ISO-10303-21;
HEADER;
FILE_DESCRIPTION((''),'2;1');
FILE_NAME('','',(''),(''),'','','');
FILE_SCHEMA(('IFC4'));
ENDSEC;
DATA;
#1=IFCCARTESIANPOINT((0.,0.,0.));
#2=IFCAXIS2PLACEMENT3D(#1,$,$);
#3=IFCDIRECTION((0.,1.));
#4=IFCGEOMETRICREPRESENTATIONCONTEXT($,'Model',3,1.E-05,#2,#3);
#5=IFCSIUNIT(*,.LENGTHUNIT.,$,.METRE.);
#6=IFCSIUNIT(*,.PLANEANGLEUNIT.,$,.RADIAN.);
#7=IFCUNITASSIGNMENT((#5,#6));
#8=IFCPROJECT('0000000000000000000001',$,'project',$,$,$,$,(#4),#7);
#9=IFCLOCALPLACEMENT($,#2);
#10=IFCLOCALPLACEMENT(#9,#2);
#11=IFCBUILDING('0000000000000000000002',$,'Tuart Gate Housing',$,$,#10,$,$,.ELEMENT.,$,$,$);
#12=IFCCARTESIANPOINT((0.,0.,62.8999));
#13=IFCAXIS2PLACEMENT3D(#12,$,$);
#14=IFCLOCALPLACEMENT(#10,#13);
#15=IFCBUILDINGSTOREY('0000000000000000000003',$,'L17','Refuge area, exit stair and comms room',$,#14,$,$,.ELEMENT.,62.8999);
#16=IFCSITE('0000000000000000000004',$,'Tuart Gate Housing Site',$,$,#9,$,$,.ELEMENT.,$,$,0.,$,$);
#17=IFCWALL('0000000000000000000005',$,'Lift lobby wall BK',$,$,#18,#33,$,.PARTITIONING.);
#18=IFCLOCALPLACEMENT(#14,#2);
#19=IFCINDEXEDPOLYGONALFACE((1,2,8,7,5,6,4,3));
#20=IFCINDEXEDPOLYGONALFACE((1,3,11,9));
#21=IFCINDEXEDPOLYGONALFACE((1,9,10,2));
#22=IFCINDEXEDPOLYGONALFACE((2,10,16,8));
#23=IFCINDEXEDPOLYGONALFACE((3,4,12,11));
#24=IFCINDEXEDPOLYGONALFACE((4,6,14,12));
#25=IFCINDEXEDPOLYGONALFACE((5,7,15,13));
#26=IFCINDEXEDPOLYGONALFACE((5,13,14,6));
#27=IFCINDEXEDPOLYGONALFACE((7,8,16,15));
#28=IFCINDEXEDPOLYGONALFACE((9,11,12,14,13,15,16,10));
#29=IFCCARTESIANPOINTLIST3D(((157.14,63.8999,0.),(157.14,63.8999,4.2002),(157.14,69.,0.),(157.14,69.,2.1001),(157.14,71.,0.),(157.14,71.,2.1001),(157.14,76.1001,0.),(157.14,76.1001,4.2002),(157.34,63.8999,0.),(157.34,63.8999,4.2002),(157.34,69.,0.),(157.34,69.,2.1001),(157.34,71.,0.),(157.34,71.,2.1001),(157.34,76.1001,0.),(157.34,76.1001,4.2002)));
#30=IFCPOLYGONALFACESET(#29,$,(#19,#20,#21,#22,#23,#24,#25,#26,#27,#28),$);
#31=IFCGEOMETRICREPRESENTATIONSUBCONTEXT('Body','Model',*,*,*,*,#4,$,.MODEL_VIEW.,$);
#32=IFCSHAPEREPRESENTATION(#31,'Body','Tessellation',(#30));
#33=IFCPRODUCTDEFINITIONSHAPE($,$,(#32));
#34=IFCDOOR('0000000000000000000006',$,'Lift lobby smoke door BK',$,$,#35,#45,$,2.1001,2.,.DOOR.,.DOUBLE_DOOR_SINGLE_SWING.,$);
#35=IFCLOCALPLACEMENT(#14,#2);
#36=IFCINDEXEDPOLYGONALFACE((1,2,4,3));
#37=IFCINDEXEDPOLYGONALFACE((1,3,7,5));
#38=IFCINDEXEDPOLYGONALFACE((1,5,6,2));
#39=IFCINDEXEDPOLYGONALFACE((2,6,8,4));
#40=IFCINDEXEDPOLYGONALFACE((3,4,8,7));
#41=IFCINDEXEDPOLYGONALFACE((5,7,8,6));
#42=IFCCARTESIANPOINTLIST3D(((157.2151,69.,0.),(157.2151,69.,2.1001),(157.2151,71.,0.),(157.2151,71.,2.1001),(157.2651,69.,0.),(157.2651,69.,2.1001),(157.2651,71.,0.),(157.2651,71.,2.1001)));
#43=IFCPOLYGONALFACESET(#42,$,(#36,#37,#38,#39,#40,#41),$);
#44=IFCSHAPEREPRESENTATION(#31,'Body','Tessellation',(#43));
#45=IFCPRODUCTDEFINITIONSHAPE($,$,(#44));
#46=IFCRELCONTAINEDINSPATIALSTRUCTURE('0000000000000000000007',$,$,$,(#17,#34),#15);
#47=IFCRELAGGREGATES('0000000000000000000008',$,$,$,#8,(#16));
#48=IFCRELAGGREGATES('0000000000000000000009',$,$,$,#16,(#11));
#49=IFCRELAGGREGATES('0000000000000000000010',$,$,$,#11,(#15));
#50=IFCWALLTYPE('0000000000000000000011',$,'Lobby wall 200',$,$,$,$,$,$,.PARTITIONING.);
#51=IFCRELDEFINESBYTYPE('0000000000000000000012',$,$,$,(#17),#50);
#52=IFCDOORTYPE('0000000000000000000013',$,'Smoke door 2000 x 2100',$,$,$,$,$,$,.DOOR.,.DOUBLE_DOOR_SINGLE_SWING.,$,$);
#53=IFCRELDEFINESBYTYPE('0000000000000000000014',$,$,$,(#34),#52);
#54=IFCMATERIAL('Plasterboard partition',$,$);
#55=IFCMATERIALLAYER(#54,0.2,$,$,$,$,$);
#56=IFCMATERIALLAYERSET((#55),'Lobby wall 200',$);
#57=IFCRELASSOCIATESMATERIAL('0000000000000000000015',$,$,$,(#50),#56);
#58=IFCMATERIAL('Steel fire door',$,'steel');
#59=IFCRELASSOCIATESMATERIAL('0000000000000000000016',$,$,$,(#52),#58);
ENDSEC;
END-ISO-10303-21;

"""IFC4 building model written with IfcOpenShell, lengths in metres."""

from ifc_helpers import new_model, si_unit, direction, frame, frame_2d, origin, place, context, subcontext, project, spatial, rectangle, extrude, material, layer, layer_set, type_object, element, fill, save


model = new_model("IFC4")

# Units and contexts
model_context = context("Model", 3, precision=1e-05, world=origin(), true_north=direction((0.0, 1.0)))
body_context = subcontext(model_context, "Body", "Model", "MODEL_VIEW")
ifc_project = project(units=[si_unit("LENGTHUNIT", "METRE"), si_unit("PLANEANGLEUNIT", "RADIAN")], contexts=[model_context])

# Site, building, storey
site_placement = place(None, origin())
site = spatial("IfcSite", under=ifc_project, at=site_placement, Name="Tuart Gate Housing Site", CompositionType="ELEMENT", RefElevation=0.0)
building_placement = place(site_placement, origin())
building = spatial("IfcBuilding", under=site, at=building_placement, Name="Tuart Gate Housing", CompositionType="ELEMENT")
storey_placement = place(building_placement, frame((0.0, 0.0, 62.8999)))
storey = spatial("IfcBuildingStorey", under=building, at=storey_placement, Name="L17", Description="Refuge area, exit stair and comms room", CompositionType="ELEMENT", Elevation=62.8999)

# Wall, opening, door
ifc_material_1 = material(Name="Plasterboard partition")
ifc_layer_1 = layer(ifc_material_1, 0.2)
ifc_layer_set_1 = layer_set([ifc_layer_1], Name="Lobby wall 200")
wall_type_1 = type_object("IfcWallType", Name="Lobby wall 200", PredefinedType="PARTITIONING", material=ifc_layer_set_1)
wall_1_placement = place(storey_placement, frame((157.24, 63.8999, 0.0), z_axis=(0.0, 0.0, 1.0), x_axis=(0.0, 1.0, 0.0)))
wall_1 = element("IfcWall", 1, at=wall_1_placement, inside=storey, type_object=wall_type_1, Name="Lift lobby wall BK", PredefinedType="PARTITIONING", context=body_context, shape_type="SweptSolid", body=[
    extrude(rectangle(XDim=12.2002, YDim=0.2, at=frame_2d((6.1001, 0.0))), origin(), (0.0, 0.0, 1.0), 4.2002),
])
opening_1_placement = place(wall_1_placement, frame((5.1001, 0.0, 0.0)))
opening_1 = element("IfcOpeningElement", 2, at=opening_1_placement, cuts=wall_1, PredefinedType="OPENING", context=body_context, shape_type="SweptSolid", body=[
    extrude(rectangle(XDim=2.0, YDim=2.1001, at=frame_2d((1.0, 1.05))), frame((0.0, 0.1099, 0.0), z_axis=(0.0, -1.0, 0.0), x_axis=(1.0, 0.0, 0.0)), (0.0, 0.0, 1.0), 0.22),
])
ifc_material_2 = material(Name="Steel fire door", Category="steel")
door_type_1 = type_object("IfcDoorType", Name="Smoke door 2000 x 2100", OperationType="DOUBLE_DOOR_SINGLE_SWING", PredefinedType="DOOR", material=ifc_material_2)
door_1_placement = place(opening_1_placement, frame((2.0, 0.0, 0.0), z_axis=(0.0, 0.0, 1.0), x_axis=(-1.0, 0.0, 0.0)))
door_1 = element("IfcDoor", 3, at=door_1_placement, inside=storey, type_object=door_type_1, Name="Lift lobby smoke door BK", OperationType="DOUBLE_DOOR_SINGLE_SWING", OverallHeight=2.1001, OverallWidth=2.0, PredefinedType="DOOR", context=body_context, shape_type="SweptSolid", body=[
    extrude(rectangle(XDim=2.0, YDim=2.1001, at=frame_2d((1.0, 1.05))), frame((0.0, 0.0251, 0.0), z_axis=(0.0, -1.0, 0.0), x_axis=(1.0, 0.0, 0.0)), (0.0, 0.0, 1.0), 0.05),
])
fill(opening_1, door_1)

save(model, "model.ifc")
